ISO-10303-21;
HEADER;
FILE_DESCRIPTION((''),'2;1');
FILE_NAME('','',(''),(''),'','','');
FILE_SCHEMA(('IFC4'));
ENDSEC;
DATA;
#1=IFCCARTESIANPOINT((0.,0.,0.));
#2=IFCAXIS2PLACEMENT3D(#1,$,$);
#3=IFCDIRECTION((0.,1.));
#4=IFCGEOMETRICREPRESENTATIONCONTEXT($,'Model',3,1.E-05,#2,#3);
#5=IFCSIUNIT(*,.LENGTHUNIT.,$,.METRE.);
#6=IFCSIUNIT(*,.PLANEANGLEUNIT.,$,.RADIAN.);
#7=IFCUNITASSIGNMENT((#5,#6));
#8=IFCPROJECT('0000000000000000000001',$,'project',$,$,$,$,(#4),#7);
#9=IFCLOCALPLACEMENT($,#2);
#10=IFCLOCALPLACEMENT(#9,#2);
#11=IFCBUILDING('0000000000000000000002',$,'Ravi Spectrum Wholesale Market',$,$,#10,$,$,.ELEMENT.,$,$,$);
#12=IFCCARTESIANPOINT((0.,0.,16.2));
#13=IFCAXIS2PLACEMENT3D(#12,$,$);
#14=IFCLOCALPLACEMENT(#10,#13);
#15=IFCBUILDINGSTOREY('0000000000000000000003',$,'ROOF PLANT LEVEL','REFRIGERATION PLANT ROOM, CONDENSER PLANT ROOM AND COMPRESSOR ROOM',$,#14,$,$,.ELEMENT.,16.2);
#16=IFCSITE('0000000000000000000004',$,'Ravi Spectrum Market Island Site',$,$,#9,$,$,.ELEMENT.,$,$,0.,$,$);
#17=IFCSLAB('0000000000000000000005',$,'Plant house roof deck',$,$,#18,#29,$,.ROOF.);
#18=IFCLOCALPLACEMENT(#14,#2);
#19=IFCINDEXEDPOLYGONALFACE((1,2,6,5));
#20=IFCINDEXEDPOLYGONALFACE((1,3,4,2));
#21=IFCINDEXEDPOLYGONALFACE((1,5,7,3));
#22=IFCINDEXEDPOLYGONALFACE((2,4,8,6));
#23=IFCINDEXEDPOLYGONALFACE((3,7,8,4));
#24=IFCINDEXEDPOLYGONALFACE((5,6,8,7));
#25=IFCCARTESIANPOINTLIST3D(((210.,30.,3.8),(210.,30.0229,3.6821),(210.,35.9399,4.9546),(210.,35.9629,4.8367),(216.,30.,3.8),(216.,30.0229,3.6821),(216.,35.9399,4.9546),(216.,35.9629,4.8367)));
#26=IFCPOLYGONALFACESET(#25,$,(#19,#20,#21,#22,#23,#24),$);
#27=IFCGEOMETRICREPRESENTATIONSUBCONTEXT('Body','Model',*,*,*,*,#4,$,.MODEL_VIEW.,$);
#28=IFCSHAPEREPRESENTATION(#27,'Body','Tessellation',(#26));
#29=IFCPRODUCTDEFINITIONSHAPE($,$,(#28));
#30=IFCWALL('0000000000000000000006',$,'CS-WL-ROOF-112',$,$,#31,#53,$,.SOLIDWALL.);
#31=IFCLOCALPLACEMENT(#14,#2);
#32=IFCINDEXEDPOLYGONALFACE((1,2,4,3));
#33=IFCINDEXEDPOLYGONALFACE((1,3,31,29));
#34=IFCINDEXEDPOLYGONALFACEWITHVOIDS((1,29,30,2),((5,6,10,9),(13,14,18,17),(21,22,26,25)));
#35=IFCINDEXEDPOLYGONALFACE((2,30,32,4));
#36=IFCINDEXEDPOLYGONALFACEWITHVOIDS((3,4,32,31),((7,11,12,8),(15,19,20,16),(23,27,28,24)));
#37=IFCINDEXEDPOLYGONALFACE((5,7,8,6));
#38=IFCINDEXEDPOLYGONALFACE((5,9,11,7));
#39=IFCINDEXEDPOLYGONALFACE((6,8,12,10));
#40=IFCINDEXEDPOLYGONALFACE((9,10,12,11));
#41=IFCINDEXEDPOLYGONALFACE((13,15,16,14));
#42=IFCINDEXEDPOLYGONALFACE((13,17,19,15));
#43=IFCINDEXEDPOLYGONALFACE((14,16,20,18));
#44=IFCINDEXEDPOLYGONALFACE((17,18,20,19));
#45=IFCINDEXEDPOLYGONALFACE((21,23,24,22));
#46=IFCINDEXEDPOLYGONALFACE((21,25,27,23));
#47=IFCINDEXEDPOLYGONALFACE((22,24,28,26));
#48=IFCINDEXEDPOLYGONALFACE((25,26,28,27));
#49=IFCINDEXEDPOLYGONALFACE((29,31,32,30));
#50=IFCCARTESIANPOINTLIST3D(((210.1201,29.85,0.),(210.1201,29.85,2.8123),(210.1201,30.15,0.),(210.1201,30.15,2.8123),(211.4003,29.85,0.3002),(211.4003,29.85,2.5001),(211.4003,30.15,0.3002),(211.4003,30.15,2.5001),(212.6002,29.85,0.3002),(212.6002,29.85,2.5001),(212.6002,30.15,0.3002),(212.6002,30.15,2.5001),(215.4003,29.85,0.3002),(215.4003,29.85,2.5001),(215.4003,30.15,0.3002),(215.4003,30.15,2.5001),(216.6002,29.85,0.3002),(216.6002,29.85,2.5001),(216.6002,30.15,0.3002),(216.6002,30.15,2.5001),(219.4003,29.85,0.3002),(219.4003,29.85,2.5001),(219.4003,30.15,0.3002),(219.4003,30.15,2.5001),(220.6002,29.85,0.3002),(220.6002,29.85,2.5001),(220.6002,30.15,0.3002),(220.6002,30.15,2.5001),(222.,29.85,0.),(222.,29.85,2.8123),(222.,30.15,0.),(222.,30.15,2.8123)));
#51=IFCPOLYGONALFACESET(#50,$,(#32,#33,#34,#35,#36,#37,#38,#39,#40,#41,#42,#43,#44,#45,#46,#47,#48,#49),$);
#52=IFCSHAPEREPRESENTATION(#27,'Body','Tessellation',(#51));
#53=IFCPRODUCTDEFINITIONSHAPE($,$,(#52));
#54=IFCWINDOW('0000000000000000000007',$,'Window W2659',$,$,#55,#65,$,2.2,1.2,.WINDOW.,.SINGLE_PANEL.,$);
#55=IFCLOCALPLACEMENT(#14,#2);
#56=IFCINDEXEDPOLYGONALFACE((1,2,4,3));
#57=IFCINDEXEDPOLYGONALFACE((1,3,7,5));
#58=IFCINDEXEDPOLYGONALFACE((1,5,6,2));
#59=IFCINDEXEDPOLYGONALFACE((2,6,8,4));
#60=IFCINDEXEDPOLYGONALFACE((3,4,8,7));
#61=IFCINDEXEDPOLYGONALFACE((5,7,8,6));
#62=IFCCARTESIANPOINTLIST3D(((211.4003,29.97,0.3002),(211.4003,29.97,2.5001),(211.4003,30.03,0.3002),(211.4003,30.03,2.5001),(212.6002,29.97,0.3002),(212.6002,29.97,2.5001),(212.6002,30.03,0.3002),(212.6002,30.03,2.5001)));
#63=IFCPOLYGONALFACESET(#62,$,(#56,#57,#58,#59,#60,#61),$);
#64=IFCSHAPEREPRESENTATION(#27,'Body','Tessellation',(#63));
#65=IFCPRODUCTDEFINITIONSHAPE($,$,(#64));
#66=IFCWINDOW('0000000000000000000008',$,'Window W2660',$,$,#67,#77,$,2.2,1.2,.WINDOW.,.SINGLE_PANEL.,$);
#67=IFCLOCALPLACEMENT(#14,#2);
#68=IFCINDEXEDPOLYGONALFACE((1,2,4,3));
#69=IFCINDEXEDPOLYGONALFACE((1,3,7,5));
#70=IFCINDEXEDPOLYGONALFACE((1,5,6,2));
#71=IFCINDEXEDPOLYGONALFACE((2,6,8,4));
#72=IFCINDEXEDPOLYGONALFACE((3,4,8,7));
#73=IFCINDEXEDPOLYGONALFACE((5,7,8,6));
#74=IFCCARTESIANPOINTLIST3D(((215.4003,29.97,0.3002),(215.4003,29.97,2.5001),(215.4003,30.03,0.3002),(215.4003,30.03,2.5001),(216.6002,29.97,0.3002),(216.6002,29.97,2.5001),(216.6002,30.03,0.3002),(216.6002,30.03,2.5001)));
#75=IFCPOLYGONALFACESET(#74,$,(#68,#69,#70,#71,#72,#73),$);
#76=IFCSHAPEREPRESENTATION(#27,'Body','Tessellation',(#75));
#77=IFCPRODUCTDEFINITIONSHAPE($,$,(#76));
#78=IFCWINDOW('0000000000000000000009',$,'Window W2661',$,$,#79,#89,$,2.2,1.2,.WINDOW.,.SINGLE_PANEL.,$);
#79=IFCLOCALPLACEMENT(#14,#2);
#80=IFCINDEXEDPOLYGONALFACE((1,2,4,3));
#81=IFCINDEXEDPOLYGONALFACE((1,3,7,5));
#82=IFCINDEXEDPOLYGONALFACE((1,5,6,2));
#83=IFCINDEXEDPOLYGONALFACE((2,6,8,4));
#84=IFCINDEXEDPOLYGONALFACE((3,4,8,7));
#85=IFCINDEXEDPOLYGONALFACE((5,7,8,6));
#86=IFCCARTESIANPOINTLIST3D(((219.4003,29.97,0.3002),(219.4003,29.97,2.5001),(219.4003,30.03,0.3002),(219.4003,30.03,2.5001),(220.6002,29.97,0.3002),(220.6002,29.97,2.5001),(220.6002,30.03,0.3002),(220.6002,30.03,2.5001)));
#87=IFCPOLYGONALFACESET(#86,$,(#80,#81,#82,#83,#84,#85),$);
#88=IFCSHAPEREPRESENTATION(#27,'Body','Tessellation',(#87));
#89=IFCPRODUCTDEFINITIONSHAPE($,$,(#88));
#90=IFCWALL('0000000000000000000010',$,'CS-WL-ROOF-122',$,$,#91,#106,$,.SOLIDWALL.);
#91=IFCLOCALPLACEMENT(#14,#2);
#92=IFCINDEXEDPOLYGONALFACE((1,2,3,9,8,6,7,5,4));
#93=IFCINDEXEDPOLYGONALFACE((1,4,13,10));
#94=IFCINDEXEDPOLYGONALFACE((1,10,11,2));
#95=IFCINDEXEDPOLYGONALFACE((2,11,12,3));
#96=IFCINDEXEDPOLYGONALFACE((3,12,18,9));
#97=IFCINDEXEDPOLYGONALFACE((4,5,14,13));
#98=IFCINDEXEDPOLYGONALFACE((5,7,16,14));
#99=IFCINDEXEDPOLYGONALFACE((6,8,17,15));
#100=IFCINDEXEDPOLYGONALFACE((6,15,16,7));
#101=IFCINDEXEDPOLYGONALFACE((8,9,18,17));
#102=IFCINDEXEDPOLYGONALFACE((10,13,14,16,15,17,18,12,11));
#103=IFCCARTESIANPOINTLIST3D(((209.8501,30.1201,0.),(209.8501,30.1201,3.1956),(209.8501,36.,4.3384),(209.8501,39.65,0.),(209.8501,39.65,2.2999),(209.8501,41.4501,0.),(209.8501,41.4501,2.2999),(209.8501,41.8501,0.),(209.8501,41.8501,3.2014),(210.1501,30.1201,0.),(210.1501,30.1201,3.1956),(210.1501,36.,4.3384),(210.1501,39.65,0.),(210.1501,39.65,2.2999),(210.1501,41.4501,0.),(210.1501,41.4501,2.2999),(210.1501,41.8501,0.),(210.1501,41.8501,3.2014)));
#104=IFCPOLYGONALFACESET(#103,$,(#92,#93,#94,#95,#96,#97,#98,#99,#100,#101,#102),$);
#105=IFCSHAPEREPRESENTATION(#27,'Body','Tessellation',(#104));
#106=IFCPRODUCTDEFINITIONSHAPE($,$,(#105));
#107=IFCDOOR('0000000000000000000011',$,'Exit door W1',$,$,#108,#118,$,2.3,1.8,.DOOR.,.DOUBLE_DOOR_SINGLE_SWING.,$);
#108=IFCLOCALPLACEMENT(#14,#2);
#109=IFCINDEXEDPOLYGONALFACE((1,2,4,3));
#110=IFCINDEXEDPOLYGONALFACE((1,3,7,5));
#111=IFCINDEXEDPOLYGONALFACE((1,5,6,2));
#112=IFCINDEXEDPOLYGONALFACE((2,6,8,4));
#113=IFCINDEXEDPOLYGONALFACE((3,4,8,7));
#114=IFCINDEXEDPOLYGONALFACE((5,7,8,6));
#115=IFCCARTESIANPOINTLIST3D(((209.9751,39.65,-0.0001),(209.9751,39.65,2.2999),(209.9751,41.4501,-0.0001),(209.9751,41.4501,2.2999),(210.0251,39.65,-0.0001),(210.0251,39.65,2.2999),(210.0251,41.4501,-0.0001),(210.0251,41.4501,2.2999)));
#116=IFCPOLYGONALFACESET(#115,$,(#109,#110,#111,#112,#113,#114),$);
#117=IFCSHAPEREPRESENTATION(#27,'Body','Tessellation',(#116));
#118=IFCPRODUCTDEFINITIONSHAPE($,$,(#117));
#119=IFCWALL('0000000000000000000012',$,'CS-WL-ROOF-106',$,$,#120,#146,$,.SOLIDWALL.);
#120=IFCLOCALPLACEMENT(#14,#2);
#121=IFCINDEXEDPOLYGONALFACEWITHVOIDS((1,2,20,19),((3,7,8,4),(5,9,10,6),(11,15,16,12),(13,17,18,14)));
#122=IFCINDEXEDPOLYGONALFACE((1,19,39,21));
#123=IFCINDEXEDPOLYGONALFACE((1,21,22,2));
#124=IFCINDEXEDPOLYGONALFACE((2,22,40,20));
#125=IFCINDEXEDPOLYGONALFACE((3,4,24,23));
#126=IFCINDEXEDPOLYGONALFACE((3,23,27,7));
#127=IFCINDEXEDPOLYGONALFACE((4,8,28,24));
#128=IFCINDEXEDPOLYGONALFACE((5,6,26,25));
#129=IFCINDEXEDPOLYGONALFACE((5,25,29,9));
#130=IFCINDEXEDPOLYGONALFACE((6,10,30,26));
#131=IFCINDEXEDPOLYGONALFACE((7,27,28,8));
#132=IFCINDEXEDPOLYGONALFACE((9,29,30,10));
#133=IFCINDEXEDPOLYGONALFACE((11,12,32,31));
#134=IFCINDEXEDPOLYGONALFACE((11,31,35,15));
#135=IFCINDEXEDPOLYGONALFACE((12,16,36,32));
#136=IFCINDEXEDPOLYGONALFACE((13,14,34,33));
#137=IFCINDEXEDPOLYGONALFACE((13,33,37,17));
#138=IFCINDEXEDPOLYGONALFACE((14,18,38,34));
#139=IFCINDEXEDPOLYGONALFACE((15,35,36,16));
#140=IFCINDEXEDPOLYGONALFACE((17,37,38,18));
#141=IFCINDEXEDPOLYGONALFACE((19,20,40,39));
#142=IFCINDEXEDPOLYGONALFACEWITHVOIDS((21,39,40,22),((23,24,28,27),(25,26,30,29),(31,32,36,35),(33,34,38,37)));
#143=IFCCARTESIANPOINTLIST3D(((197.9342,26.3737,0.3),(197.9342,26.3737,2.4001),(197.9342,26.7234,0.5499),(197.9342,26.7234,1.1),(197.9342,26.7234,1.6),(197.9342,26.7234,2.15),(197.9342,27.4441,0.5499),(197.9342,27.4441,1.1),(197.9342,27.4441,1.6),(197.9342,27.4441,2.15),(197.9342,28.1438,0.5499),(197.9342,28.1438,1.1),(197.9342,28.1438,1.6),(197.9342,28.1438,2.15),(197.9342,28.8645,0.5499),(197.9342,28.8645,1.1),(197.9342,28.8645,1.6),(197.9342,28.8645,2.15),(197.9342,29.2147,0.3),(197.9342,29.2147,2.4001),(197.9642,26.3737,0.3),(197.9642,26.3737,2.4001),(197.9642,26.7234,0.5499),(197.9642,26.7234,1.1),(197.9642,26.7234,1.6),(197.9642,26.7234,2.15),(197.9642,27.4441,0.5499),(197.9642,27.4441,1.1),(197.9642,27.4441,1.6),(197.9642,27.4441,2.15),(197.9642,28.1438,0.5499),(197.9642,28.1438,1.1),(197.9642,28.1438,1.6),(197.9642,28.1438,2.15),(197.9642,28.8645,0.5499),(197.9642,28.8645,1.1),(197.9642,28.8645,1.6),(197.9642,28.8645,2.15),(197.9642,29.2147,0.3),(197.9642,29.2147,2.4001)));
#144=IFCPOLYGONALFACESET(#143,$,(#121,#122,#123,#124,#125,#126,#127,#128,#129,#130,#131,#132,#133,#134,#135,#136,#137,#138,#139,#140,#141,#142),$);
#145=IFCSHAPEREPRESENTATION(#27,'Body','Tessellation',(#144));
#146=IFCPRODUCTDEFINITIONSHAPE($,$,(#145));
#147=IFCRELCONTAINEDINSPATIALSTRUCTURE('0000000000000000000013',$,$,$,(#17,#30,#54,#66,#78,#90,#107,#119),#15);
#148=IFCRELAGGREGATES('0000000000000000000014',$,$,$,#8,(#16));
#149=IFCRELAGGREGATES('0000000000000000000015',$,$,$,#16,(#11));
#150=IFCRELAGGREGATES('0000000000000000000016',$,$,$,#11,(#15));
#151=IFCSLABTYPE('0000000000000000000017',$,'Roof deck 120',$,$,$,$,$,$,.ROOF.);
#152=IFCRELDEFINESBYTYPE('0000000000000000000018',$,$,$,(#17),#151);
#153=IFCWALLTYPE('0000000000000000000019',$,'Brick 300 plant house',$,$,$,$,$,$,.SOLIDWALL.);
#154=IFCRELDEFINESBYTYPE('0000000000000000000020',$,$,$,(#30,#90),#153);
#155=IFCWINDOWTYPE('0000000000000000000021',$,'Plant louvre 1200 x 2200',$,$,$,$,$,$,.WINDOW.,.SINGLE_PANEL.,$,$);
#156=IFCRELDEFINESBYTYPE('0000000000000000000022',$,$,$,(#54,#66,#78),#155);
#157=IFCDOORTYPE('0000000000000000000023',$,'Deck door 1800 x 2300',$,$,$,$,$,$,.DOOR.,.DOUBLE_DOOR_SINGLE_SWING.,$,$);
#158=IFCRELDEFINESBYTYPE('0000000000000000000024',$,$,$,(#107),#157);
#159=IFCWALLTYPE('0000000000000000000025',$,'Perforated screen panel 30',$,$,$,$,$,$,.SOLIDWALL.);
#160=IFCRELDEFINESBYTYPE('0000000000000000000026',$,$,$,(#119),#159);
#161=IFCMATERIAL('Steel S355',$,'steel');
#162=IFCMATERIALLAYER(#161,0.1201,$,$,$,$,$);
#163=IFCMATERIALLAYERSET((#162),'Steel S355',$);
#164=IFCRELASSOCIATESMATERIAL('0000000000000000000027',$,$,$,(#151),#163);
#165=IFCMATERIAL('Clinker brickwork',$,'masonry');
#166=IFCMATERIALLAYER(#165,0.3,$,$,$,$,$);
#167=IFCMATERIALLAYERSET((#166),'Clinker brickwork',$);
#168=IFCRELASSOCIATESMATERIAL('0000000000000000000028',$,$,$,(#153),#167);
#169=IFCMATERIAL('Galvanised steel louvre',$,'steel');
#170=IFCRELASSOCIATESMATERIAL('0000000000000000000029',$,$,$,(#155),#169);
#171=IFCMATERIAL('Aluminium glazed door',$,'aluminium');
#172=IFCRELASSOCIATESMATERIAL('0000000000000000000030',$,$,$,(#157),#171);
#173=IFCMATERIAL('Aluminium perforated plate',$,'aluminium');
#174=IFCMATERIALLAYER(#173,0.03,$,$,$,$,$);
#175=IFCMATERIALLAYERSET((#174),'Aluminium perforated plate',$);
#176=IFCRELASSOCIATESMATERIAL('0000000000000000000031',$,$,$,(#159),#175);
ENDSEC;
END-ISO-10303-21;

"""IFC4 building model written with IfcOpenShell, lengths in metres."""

from ifc_helpers import new_model, si_unit, direction, frame, frame_2d, origin, place, context, subcontext, project, spatial, polyline, rectangle, outline, extrude, material, layer, layer_set, type_object, element, fill, save


model = new_model("IFC4")

# Units and contexts
model_context = context("Model", 3, precision=1e-05, world=origin(), true_north=direction((0.0, 1.0)))
body_context = subcontext(model_context, "Body", "Model", "MODEL_VIEW")
ifc_project = project(units=[si_unit("LENGTHUNIT", "METRE"), si_unit("PLANEANGLEUNIT", "RADIAN")], contexts=[model_context])

# Site, building, storey
site_placement = place(None, origin())
site = spatial("IfcSite", under=ifc_project, at=site_placement, Name="Ravi Spectrum Market Island Site", CompositionType="ELEMENT", RefElevation=0.0)
building_placement = place(site_placement, origin())
building = spatial("IfcBuilding", under=site, at=building_placement, Name="Ravi Spectrum Wholesale Market", CompositionType="ELEMENT")
storey_placement = place(building_placement, frame((0.0, 0.0, 16.2)))
storey = spatial("IfcBuildingStorey", under=building, at=storey_placement, Name="ROOF PLANT LEVEL", Description="REFRIGERATION PLANT ROOM, CONDENSER PLANT ROOM AND COMPRESSOR ROOM", CompositionType="ELEMENT", Elevation=16.2)

# Slab
ifc_material_1 = material(Name="Steel S355", Category="steel")
ifc_layer_1 = layer(ifc_material_1, 0.1201)
ifc_layer_set_1 = layer_set([ifc_layer_1], Name="Steel S355")
slab_type = type_object("IfcSlabType", Name="Roof deck 120", PredefinedType="ROOF", material=ifc_layer_set_1)
slab_placement = place(storey_placement, frame((210.0, 30.0, 3.8), z_axis=(0.0, -0.190798, 0.981629), x_axis=(1.0, 0.0, 0.0)))
element("IfcSlab", 1, at=slab_placement, inside=storey, type_object=slab_type, Name="Plant house roof deck", PredefinedType="ROOF", context=body_context, shape_type="SweptSolid", body=[
    extrude(outline(polyline([(0.0, 0.0), (6.0, 0.0), (6.0, 6.0511), (0.0, 6.0511), (0.0, 0.0)])), origin(), (0.0, 0.0, -1.0), 0.1201),
])

# Wall, openings, windows
ifc_material_2 = material(Name="Clinker brickwork", Category="masonry")
ifc_layer_2 = layer(ifc_material_2, 0.3)
ifc_layer_set_2 = layer_set([ifc_layer_2], Name="Clinker brickwork")
wall_type_1 = type_object("IfcWallType", Name="Brick 300 plant house", PredefinedType="SOLIDWALL", material=ifc_layer_set_2)
wall_1_placement = place(storey_placement, frame((210.1201, 30.0, 0.0), z_axis=(0.0, 0.0, 1.0), x_axis=(1.0, 0.0, 0.0)))
wall_1 = element("IfcWall", 2, at=wall_1_placement, inside=storey, type_object=wall_type_1, Name="CS-WL-ROOF-112", PredefinedType="SOLIDWALL", context=body_context, shape_type="SweptSolid", body=[
    extrude(rectangle(XDim=11.8799, YDim=0.3, at=frame_2d((5.9399, 0.0))), origin(), (0.0, 0.0, 1.0), 2.8123),
])
opening_1_placement = place(wall_1_placement, frame((1.28, 0.0, 0.3)))
opening_1 = element("IfcOpeningElement", 3, at=opening_1_placement, cuts=wall_1, PredefinedType="OPENING", context=body_context, shape_type="SweptSolid", body=[
    extrude(rectangle(XDim=1.2, YDim=2.2, at=frame_2d((0.6001, 1.1001))), frame((0.0, 0.1599, 0.0), z_axis=(0.0, -1.0, 0.0), x_axis=(1.0, 0.0, 0.0)), (0.0, 0.0, 1.0), 0.3201),
])
opening_2_placement = place(wall_1_placement, frame((5.28, 0.0, 0.3)))
opening_2 = element("IfcOpeningElement", 4, at=opening_2_placement, cuts=wall_1, PredefinedType="OPENING", context=body_context, shape_type="SweptSolid", body=[
    extrude(rectangle(XDim=1.2, YDim=2.2, at=frame_2d((0.6001, 1.1001))), frame((0.0, 0.1599, 0.0), z_axis=(0.0, -1.0, 0.0), x_axis=(1.0, 0.0, 0.0)), (0.0, 0.0, 1.0), 0.3201),
])
opening_3_placement = place(wall_1_placement, frame((9.28, 0.0, 0.3)))
opening_3 = element("IfcOpeningElement", 5, at=opening_3_placement, cuts=wall_1, PredefinedType="OPENING", context=body_context, shape_type="SweptSolid", body=[
    extrude(rectangle(XDim=1.2, YDim=2.2, at=frame_2d((0.6001, 1.1001))), frame((0.0, 0.1599, 0.0), z_axis=(0.0, -1.0, 0.0), x_axis=(1.0, 0.0, 0.0)), (0.0, 0.0, 1.0), 0.3201),
])
ifc_material_3 = material(Name="Galvanised steel louvre", Category="steel")
window_type = type_object("IfcWindowType", Name="Plant louvre 1200 x 2200", PartitioningType="SINGLE_PANEL", PredefinedType="WINDOW", material=ifc_material_3)
window_1_placement = place(opening_1_placement, origin())
window_1 = element("IfcWindow", 6, at=window_1_placement, inside=storey, type_object=window_type, Name="Window W2659", OverallHeight=2.2, OverallWidth=1.2, PartitioningType="SINGLE_PANEL", PredefinedType="WINDOW", context=body_context, shape_type="SweptSolid", body=[
    extrude(rectangle(XDim=1.2, YDim=2.2, at=frame_2d((0.6001, 1.1001))), frame((0.0, 0.03, 0.0), z_axis=(0.0, -1.0, 0.0), x_axis=(1.0, 0.0, 0.0)), (0.0, 0.0, 1.0), 0.0601),
])
fill(opening_1, window_1)
window_2_placement = place(opening_2_placement, origin())
window_2 = element("IfcWindow", 7, at=window_2_placement, inside=storey, type_object=window_type, Name="Window W2660", OverallHeight=2.2, OverallWidth=1.2, PartitioningType="SINGLE_PANEL", PredefinedType="WINDOW", context=body_context, shape_type="SweptSolid", body=[
    extrude(rectangle(XDim=1.2, YDim=2.2, at=frame_2d((0.6001, 1.1001))), frame((0.0, 0.03, 0.0), z_axis=(0.0, -1.0, 0.0), x_axis=(1.0, 0.0, 0.0)), (0.0, 0.0, 1.0), 0.0601),
])
fill(opening_2, window_2)
window_3_placement = place(opening_3_placement, origin())
window_3 = element("IfcWindow", 8, at=window_3_placement, inside=storey, type_object=window_type, Name="Window W2661", OverallHeight=2.2, OverallWidth=1.2, PartitioningType="SINGLE_PANEL", PredefinedType="WINDOW", context=body_context, shape_type="SweptSolid", body=[
    extrude(rectangle(XDim=1.2, YDim=2.2, at=frame_2d((0.6001, 1.1001))), frame((0.0, 0.03, 0.0), z_axis=(0.0, -1.0, 0.0), x_axis=(1.0, 0.0, 0.0)), (0.0, 0.0, 1.0), 0.0601),
])
fill(opening_3, window_3)

# Wall, opening, door
wall_2_placement = place(storey_placement, frame((210.0, 30.1201, 0.0), z_axis=(0.0, 0.0, 1.0), x_axis=(0.0, 1.0, 0.0)))
wall_2 = element("IfcWall", 9, at=wall_2_placement, inside=storey, type_object=wall_type_1, Name="CS-WL-ROOF-122", PredefinedType="SOLIDWALL", context=body_context, shape_type="SweptSolid", body=[
    extrude(outline(polyline([(0.0, 0.0), (11.73, 0.0), (11.73, 3.2014), (5.8799, 4.3384), (0.0, 3.1956), (0.0, 0.0)])), frame((0.0, 0.1499, 0.0), z_axis=(0.0, -1.0, 0.0), x_axis=(1.0, 0.0, 0.0)), (0.0, 0.0, 1.0), 0.3),
])
opening_4_placement = place(wall_2_placement, frame((9.53, 0.0, 0.0)))
opening_4 = element("IfcOpeningElement", 10, at=opening_4_placement, cuts=wall_2, PredefinedType="OPENING", context=body_context, shape_type="SweptSolid", body=[
    extrude(rectangle(XDim=1.8, YDim=2.3, at=frame_2d((0.8999, 1.1499))), frame((0.0, 0.1599, 0.0), z_axis=(0.0, -1.0, 0.0), x_axis=(1.0, 0.0, 0.0)), (0.0, 0.0, 1.0), 0.3201),
])
ifc_material_4 = material(Name="Aluminium glazed door", Category="aluminium")
door_type = type_object("IfcDoorType", Name="Deck door 1800 x 2300", OperationType="DOUBLE_DOOR_SINGLE_SWING", PredefinedType="DOOR", material=ifc_material_4)
door_placement = place(opening_4_placement, origin())
door = element("IfcDoor", 11, at=door_placement, inside=storey, type_object=door_type, Name="Exit door W1", OperationType="DOUBLE_DOOR_SINGLE_SWING", OverallHeight=2.3, OverallWidth=1.8, PredefinedType="DOOR", context=body_context, shape_type="SweptSolid", body=[
    extrude(rectangle(XDim=1.8, YDim=2.3, at=frame_2d((0.8999, 1.1499))), frame((0.0, 0.0249, 0.0), z_axis=(0.0, -1.0, 0.0), x_axis=(1.0, 0.0, 0.0)), (0.0, 0.0, 1.0), 0.05),
])
fill(opening_4, door)

# Wall, openings
ifc_material_5 = material(Name="Aluminium perforated plate", Category="aluminium")
ifc_layer_3 = layer(ifc_material_5, 0.03)
ifc_layer_set_3 = layer_set([ifc_layer_3], Name="Aluminium perforated plate")
wall_type_2 = type_object("IfcWallType", Name="Perforated screen panel 30", PredefinedType="SOLIDWALL", material=ifc_layer_set_3)
wall_3_placement = place(storey_placement, frame((197.9492, 29.2146, 0.3), z_axis=(0.0, 0.0, 1.0), x_axis=(0.0, -1.0, 0.0)))
wall_3 = element("IfcWall", 12, at=wall_3_placement, inside=storey, type_object=wall_type_2, Name="CS-WL-ROOF-106", PredefinedType="SOLIDWALL", context=body_context, shape_type="SweptSolid", body=[
    extrude(rectangle(XDim=2.8411, YDim=0.03, at=frame_2d((1.4204, 0.0))), origin(), (0.0, 0.0, 1.0), 2.1001),
])
opening_5_placement = place(wall_3_placement, frame((0.3501, 0.0, 0.25)))
element("IfcOpeningElement", 13, at=opening_5_placement, cuts=wall_3, PredefinedType="OPENING", context=body_context, shape_type="SweptSolid", body=[
    extrude(rectangle(XDim=0.7207, YDim=0.55, at=frame_2d((0.3604, 0.2749))), frame((0.0, 0.0249, 0.0), z_axis=(0.0, -1.0, 0.0), x_axis=(1.0, 0.0, 0.0)), (0.0, 0.0, 1.0), 0.05),
])
opening_6_placement = place(wall_3_placement, frame((0.3501, 0.0, 1.3)))
element("IfcOpeningElement", 14, at=opening_6_placement, cuts=wall_3, PredefinedType="OPENING", context=body_context, shape_type="SweptSolid", body=[
    extrude(rectangle(XDim=0.7207, YDim=0.55, at=frame_2d((0.3604, 0.2749))), frame((0.0, 0.0249, 0.0), z_axis=(0.0, -1.0, 0.0), x_axis=(1.0, 0.0, 0.0)), (0.0, 0.0, 1.0), 0.05),
])
opening_7_placement = place(wall_3_placement, frame((1.7705, 0.0, 0.25)))
element("IfcOpeningElement", 15, at=opening_7_placement, cuts=wall_3, PredefinedType="OPENING", context=body_context, shape_type="SweptSolid", body=[
    extrude(rectangle(XDim=0.7207, YDim=0.55, at=frame_2d((0.3604, 0.2749))), frame((0.0, 0.0249, 0.0), z_axis=(0.0, -1.0, 0.0), x_axis=(1.0, 0.0, 0.0)), (0.0, 0.0, 1.0), 0.05),
])
opening_8_placement = place(wall_3_placement, frame((1.7705, 0.0, 1.3)))
element("IfcOpeningElement", 16, at=opening_8_placement, cuts=wall_3, PredefinedType="OPENING", context=body_context, shape_type="SweptSolid", body=[
    extrude(rectangle(XDim=0.7207, YDim=0.55, at=frame_2d((0.3604, 0.2749))), frame((0.0, 0.0249, 0.0), z_axis=(0.0, -1.0, 0.0), x_axis=(1.0, 0.0, 0.0)), (0.0, 0.0, 1.0), 0.05),
])

save(model, "model.ifc")
